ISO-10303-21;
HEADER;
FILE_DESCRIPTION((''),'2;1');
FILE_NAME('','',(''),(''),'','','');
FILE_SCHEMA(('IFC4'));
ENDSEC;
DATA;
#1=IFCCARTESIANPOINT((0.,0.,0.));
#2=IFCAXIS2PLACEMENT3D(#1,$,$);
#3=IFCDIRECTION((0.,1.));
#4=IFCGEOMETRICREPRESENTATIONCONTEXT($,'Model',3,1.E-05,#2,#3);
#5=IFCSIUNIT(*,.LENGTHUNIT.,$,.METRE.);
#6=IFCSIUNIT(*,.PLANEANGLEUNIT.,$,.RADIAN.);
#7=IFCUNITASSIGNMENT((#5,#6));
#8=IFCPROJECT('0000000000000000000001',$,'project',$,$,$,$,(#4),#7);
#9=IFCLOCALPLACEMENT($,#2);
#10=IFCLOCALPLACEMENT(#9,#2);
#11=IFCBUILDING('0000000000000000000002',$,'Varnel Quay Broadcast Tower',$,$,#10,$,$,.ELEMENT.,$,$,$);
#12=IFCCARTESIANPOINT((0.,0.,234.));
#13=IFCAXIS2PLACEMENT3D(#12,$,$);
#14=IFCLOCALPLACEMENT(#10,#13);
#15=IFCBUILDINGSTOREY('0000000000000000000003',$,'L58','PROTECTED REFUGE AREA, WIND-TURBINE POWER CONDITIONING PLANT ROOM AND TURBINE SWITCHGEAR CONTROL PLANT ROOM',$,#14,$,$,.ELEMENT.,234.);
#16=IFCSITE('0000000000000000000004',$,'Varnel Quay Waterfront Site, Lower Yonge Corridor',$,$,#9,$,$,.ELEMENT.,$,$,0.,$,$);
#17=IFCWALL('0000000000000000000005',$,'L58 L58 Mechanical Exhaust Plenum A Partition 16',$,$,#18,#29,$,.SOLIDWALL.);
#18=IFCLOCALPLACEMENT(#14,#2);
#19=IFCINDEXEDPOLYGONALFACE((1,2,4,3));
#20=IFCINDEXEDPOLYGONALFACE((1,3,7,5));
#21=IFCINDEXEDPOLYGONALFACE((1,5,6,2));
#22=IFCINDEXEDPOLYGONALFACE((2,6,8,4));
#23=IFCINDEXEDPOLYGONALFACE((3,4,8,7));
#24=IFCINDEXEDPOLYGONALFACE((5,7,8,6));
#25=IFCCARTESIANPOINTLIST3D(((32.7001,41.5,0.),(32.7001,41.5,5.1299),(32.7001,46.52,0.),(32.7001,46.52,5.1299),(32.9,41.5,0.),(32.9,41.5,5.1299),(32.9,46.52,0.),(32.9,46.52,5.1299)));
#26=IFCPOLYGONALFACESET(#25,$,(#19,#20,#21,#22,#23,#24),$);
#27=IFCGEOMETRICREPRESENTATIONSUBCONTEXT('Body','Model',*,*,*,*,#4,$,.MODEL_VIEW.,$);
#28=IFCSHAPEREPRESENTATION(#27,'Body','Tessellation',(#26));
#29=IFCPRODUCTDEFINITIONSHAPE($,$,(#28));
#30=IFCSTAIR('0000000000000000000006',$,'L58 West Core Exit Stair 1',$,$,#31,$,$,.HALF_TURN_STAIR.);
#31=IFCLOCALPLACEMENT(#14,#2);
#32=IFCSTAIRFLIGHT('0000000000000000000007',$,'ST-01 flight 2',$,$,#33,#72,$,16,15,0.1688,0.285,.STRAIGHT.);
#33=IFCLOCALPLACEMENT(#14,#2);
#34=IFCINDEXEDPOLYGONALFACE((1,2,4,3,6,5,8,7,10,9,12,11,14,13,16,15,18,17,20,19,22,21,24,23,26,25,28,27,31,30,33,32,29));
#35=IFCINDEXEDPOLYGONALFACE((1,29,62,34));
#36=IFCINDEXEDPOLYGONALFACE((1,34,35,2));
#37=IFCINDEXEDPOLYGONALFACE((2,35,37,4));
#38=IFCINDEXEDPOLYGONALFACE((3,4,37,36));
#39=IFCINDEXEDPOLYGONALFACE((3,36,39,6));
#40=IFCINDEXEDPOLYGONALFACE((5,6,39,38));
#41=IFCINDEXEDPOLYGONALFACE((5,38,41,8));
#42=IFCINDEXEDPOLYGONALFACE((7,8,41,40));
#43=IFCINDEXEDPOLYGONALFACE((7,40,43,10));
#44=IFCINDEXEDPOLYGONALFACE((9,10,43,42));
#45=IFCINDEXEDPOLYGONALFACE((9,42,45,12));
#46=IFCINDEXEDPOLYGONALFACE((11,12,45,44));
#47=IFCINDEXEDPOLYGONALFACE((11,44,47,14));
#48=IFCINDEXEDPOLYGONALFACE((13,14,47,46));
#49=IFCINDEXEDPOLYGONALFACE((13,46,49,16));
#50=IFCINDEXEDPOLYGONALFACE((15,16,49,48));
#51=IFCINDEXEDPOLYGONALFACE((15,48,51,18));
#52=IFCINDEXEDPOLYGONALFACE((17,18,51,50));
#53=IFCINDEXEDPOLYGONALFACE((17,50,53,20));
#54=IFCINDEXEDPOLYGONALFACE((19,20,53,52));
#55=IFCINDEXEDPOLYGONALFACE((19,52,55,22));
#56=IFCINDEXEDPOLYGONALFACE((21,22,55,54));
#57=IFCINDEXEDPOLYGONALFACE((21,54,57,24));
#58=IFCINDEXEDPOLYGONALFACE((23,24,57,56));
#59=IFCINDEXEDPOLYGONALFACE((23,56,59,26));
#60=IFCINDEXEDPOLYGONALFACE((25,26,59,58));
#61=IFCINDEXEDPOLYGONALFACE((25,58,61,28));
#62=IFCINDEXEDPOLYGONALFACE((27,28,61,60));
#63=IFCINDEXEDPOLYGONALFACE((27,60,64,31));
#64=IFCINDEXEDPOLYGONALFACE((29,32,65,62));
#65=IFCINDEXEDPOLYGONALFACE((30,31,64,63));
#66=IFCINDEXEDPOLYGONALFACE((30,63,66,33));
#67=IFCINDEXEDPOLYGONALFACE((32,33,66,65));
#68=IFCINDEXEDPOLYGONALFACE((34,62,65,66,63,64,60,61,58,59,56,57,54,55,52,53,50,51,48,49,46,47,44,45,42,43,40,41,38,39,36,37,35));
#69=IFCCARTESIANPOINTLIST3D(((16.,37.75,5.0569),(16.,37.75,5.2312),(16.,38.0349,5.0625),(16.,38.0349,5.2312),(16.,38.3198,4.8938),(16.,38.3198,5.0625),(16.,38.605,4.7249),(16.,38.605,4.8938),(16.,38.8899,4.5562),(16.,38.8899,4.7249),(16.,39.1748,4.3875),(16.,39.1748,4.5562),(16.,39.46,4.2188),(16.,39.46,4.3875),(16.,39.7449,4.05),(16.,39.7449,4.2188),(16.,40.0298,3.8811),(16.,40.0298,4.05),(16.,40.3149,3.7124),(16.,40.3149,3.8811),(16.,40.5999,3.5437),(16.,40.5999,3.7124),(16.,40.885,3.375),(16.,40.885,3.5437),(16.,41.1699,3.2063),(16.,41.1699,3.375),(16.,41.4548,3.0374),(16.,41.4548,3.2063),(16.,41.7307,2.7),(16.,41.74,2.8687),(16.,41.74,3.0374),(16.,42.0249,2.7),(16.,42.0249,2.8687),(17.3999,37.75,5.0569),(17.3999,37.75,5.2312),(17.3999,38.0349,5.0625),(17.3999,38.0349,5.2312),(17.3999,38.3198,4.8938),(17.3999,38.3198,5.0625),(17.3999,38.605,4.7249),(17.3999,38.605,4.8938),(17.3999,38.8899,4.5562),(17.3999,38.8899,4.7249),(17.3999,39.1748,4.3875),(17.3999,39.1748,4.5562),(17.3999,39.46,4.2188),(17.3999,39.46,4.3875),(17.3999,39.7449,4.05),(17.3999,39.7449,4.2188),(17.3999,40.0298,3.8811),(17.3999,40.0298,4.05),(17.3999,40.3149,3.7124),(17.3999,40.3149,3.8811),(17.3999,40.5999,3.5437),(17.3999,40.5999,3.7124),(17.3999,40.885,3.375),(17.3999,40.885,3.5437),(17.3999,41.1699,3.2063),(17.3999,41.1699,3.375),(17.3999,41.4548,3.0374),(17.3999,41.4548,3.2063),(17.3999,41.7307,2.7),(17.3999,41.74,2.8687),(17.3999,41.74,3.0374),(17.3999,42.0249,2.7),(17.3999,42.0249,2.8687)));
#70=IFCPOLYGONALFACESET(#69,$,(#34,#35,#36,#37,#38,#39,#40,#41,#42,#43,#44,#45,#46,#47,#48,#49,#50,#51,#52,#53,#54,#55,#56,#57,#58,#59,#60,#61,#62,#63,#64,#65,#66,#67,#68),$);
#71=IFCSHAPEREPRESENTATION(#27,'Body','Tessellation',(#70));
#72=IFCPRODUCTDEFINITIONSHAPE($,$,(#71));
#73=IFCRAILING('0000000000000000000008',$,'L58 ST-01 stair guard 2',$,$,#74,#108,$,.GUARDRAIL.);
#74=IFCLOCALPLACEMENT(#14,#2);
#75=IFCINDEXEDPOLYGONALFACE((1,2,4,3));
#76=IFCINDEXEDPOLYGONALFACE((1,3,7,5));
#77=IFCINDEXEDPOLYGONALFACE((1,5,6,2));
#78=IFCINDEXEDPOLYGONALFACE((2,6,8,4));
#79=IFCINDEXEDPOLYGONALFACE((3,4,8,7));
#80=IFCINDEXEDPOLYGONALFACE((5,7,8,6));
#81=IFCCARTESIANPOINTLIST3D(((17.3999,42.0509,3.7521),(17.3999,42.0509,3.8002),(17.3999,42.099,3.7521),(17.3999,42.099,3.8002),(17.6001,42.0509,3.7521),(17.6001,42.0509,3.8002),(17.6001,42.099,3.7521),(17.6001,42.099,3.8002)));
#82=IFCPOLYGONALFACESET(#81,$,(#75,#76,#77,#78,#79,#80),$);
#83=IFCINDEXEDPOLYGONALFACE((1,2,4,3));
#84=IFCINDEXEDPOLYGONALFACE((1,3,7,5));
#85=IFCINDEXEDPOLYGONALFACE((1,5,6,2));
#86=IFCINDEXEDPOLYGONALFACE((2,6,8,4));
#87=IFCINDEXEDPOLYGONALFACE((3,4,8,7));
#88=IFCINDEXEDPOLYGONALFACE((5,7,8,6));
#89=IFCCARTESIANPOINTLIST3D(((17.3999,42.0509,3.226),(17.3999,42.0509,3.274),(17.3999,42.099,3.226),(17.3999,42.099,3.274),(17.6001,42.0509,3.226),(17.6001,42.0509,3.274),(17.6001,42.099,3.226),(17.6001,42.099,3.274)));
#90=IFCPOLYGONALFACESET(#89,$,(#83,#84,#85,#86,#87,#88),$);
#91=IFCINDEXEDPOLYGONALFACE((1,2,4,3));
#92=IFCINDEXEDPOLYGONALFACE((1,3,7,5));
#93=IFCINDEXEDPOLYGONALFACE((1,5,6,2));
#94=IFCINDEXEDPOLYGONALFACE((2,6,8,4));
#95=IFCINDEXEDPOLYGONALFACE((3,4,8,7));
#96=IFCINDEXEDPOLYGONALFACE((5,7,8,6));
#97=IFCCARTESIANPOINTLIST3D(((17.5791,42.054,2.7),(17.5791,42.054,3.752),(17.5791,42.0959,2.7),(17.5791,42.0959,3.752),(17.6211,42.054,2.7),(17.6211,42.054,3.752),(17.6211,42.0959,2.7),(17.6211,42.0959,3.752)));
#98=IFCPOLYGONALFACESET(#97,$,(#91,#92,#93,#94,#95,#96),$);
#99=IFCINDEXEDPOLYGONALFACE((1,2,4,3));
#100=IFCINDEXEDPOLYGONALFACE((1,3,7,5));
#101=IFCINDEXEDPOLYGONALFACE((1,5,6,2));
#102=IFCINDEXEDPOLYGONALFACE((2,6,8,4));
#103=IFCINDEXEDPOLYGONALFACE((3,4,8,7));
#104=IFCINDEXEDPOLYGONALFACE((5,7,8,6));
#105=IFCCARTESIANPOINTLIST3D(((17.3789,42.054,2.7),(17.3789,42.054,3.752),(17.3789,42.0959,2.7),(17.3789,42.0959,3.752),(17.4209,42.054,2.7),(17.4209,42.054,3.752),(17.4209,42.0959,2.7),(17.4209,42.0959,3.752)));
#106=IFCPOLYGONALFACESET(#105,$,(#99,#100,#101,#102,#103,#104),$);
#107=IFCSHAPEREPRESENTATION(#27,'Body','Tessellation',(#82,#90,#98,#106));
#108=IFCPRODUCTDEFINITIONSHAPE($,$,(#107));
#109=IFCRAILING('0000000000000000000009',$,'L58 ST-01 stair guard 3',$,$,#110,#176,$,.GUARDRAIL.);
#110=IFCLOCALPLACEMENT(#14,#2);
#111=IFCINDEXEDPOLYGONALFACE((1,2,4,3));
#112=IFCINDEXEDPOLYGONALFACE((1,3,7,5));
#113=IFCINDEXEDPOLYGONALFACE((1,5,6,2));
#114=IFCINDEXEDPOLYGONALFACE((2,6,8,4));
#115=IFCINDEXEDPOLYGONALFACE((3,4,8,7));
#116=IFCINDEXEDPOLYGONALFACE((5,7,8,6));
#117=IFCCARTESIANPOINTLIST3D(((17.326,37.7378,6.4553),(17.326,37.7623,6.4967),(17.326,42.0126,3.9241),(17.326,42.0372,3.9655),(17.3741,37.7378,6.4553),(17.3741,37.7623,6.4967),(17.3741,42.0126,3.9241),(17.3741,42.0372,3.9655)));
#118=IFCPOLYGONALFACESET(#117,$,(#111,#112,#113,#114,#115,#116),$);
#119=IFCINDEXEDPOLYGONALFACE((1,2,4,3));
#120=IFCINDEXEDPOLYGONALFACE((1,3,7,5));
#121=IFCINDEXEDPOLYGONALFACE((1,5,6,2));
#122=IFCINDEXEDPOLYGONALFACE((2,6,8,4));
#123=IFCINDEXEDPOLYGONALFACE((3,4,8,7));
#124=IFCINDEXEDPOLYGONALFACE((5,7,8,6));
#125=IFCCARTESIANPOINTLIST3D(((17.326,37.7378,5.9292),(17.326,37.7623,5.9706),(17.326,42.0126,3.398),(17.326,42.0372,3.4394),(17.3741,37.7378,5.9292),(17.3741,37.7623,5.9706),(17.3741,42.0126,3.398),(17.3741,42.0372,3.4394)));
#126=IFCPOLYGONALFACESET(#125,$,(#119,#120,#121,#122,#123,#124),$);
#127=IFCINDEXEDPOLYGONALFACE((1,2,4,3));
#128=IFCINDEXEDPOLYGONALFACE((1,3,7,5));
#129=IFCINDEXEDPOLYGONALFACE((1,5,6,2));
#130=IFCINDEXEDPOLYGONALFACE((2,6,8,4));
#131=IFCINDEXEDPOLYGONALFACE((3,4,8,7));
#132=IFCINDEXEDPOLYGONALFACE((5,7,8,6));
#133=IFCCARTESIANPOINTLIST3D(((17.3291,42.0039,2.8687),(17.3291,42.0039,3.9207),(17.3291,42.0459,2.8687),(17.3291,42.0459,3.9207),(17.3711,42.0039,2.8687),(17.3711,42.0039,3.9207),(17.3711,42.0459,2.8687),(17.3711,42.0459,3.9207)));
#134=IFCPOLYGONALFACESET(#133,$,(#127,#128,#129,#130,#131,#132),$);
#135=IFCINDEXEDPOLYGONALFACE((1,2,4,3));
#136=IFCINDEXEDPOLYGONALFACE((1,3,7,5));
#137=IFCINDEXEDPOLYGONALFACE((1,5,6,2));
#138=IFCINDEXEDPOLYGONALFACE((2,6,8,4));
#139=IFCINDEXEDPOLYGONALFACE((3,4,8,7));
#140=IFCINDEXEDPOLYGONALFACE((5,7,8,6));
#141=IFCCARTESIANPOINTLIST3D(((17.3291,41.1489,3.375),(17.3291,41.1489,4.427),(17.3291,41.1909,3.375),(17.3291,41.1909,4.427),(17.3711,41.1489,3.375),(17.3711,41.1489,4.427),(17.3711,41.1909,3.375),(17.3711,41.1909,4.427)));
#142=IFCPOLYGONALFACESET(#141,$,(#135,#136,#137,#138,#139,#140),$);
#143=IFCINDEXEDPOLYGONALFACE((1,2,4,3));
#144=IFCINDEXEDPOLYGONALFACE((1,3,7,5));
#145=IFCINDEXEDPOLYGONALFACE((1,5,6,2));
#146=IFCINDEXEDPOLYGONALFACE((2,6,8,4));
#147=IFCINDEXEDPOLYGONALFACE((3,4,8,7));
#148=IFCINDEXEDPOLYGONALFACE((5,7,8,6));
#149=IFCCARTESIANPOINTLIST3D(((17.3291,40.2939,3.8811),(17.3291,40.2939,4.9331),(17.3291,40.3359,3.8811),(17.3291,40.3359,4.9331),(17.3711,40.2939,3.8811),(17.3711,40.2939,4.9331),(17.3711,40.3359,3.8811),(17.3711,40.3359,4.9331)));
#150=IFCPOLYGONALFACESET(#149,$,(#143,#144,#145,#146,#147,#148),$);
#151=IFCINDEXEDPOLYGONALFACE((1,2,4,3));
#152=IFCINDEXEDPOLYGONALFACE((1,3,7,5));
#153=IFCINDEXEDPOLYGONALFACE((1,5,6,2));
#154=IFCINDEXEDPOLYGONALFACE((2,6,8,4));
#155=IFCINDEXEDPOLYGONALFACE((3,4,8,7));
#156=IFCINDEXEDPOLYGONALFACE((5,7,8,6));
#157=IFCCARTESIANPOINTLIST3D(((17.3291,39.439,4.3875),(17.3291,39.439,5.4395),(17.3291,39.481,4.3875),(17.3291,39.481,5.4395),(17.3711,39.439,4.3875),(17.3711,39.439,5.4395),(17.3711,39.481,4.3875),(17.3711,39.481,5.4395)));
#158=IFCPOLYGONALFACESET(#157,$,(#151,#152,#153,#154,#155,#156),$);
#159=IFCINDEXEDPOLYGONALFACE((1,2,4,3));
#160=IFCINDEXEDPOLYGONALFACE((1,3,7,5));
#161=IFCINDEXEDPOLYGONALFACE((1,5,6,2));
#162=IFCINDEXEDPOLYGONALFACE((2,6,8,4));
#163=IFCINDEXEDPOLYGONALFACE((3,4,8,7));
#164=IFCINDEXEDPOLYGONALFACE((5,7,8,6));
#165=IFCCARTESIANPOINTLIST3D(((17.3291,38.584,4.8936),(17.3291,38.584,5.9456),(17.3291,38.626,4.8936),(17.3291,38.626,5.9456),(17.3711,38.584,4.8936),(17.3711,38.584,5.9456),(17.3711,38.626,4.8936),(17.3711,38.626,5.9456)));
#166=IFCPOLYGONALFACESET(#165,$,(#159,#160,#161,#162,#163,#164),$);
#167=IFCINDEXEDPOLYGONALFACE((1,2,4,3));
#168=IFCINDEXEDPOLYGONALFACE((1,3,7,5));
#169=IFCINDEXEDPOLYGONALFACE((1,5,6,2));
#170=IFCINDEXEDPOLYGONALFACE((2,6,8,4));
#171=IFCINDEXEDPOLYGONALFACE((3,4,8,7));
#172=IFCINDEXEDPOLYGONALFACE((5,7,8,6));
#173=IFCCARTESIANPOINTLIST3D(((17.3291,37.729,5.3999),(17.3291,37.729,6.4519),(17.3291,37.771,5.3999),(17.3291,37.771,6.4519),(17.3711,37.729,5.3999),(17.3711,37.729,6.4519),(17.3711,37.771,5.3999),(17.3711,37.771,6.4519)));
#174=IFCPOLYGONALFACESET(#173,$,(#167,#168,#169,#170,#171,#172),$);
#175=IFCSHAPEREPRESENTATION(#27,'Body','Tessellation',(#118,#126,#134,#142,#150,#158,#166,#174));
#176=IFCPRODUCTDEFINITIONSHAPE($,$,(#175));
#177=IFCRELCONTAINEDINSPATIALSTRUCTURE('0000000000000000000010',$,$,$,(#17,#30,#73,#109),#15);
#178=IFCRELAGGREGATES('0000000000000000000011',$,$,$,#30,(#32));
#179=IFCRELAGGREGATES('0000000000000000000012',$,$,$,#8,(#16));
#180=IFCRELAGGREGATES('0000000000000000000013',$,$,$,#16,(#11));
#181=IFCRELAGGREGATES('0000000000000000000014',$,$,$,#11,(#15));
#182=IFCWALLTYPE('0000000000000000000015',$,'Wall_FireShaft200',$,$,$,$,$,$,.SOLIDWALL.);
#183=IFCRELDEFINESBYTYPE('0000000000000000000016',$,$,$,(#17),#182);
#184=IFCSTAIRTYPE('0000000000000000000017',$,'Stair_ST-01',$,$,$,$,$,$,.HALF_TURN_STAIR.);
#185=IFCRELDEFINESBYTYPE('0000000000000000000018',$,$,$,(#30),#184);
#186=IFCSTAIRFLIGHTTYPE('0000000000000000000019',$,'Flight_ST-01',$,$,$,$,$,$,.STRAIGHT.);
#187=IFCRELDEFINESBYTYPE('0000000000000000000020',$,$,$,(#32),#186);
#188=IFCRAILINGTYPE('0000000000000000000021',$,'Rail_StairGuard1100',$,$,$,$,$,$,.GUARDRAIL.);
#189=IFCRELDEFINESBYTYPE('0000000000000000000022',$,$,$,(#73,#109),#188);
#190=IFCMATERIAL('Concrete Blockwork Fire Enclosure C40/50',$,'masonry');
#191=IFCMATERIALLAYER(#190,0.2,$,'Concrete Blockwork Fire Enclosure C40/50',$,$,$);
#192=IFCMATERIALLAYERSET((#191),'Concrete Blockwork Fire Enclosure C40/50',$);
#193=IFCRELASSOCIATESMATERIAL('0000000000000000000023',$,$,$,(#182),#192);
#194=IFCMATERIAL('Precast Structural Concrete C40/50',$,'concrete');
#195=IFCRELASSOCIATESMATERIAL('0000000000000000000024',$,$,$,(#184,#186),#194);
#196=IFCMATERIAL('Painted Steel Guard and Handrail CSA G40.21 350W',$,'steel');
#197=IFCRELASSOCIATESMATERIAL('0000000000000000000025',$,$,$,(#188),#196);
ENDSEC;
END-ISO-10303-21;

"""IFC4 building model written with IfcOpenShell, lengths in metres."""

from ifc_helpers import new_model, si_unit, direction, frame, frame_2d, origin, origin_2d, place, context, subcontext, project, spatial, polyline, rectangle, outline, extrude, material, layer, layer_set, type_object, element, aggregate, save


model = new_model("IFC4")

# Units and contexts
model_context = context("Model", 3, precision=1e-05, world=origin(), true_north=direction((0.0, 1.0)))
body_context = subcontext(model_context, "Body", "Model", "MODEL_VIEW")
ifc_project = project(units=[si_unit("LENGTHUNIT", "METRE"), si_unit("PLANEANGLEUNIT", "RADIAN")], contexts=[model_context])

# Site, building, storey
site_placement = place(None, origin())
site = spatial("IfcSite", under=ifc_project, at=site_placement, Name="Varnel Quay Waterfront Site, Lower Yonge Corridor", CompositionType="ELEMENT", RefElevation=0.0)
building_placement = place(site_placement, origin())
building = spatial("IfcBuilding", under=site, at=building_placement, Name="Varnel Quay Broadcast Tower", CompositionType="ELEMENT")
storey_placement = place(building_placement, frame((0.0, 0.0, 234.0)))
storey = spatial("IfcBuildingStorey", under=building, at=storey_placement, Name="L58", Description="PROTECTED REFUGE AREA, WIND-TURBINE POWER CONDITIONING PLANT ROOM AND TURBINE SWITCHGEAR CONTROL PLANT ROOM", CompositionType="ELEMENT", Elevation=234.0)

# Wall
ifc_material_1 = material(Name="Concrete Blockwork Fire Enclosure C40/50", Category="masonry")
ifc_layer_1 = layer(ifc_material_1, 0.2, Name="Concrete Blockwork Fire Enclosure C40/50")
ifc_layer_set_1 = layer_set([ifc_layer_1], Name="Concrete Blockwork Fire Enclosure C40/50")
wall_type_1 = type_object("IfcWallType", Name="Wall_FireShaft200", PredefinedType="SOLIDWALL", material=ifc_layer_set_1)
wall_1_placement = place(storey_placement, frame((32.8, 41.5, 0.0), z_axis=(0.0, 0.0, 1.0), x_axis=(0.0, 1.0, 0.0)))
element("IfcWall", 1, at=wall_1_placement, inside=storey, type_object=wall_type_1, Name="L58 L58 Mechanical Exhaust Plenum A Partition 16", PredefinedType="SOLIDWALL", context=body_context, shape_type="SweptSolid", body=[
    extrude(rectangle(XDim=5.02, YDim=0.2, at=frame_2d((2.51, 0.0))), origin(), (0.0, 0.0, 1.0), 5.1299),
])

# Stair, stair flight
ifc_material_2 = material(Name="Precast Structural Concrete C40/50", Category="concrete")
stair_type = type_object("IfcStairType", Name="Stair_ST-01", PredefinedType="HALF_TURN_STAIR", material=ifc_material_2)
stair_placement = place(storey_placement, origin())
stair = element("IfcStair", 2, at=stair_placement, inside=storey, type_object=stair_type, Name="L58 West Core Exit Stair 1", PredefinedType="HALF_TURN_STAIR")
stair_flight_type = type_object("IfcStairFlightType", Name="Flight_ST-01", PredefinedType="STRAIGHT", material=ifc_material_2)
stair_flight_placement = place(storey_placement, frame((16.7, 42.0249, 2.7), z_axis=(0.0, 0.0, 1.0), x_axis=(0.0, -1.0, 0.0)))
stair_flight = element("IfcStairFlight", 3, at=stair_flight_placement, type_object=stair_flight_type, Name="ST-01 flight 2", NumberOfRisers=16, NumberOfTreads=15, PredefinedType="STRAIGHT", RiserHeight=0.1688, TreadLength=0.285, context=body_context, shape_type="SweptSolid", body=[
    extrude(outline(polyline([(0.0, 0.0), (0.0, 0.1687), (0.2849, 0.1687), (0.2849, 0.3374), (0.5701, 0.3374), (0.5701, 0.5063), (0.855, 0.5063), (0.855, 0.675), (1.1399, 0.675), (1.1399, 0.8438), (1.425, 0.8438), (1.425, 1.0125), (1.71, 1.0125), (1.71, 1.1812), (1.9951, 1.1812), (1.9951, 1.3501), (2.28, 1.3501), (2.28, 1.5188), (2.5649, 1.5188), (2.5649, 1.6875), (2.8501, 1.6875), (2.8501, 1.8562), (3.135, 1.8562), (3.135, 2.0249), (3.4199, 2.0249), (3.4199, 2.1938), (3.7051, 2.1938), (3.7051, 2.3625), (3.99, 2.3625), (3.99, 2.5312), (4.2749, 2.5312), (4.2749, 2.7), (4.2749, 2.3569), (0.2942, 0.0), (0.0, 0.0)])), frame((0.0, 0.7, 0.0), z_axis=(0.0, -1.0, 0.0), x_axis=(1.0, 0.0, 0.0)), (0.0, 0.0, 1.0), 1.3999),
])
aggregate(stair, [stair_flight])

# Railings
ifc_material_3 = material(Name="Painted Steel Guard and Handrail CSA G40.21 350W", Category="steel")
railing_type_1 = type_object("IfcRailingType", Name="Rail_StairGuard1100", PredefinedType="GUARDRAIL", material=ifc_material_3)
railing_1_placement = place(storey_placement, frame((17.6001, 42.075, 2.7)))
element("IfcRailing", 4, at=railing_1_placement, inside=storey, type_object=railing_type_1, Name="L58 ST-01 stair guard 2", PredefinedType="GUARDRAIL", context=body_context, shape_type="SweptSolid", body=[
    extrude(rectangle(XDim=0.0481, YDim=0.0481, at=origin_2d()), frame((0.0, 0.0, 1.0762), z_axis=(-1.0, 0.0, 0.0), x_axis=(0.0, -1.0, 0.0)), (0.0, 0.0, 1.0), 0.2002),
    extrude(rectangle(XDim=0.0481, YDim=0.0481, at=origin_2d()), frame((0.0, 0.0, 0.55), z_axis=(-1.0, 0.0, 0.0), x_axis=(0.0, -1.0, 0.0)), (0.0, 0.0, 1.0), 0.2002),
    extrude(rectangle(XDim=0.042, YDim=0.042, at=origin_2d()), origin(), (0.0, 0.0, 1.0), 1.052),
    extrude(rectangle(XDim=0.042, YDim=0.042, at=origin_2d()), frame((-0.2002, 0.0, 0.0)), (0.0, 0.0, 1.0), 1.052),
])
railing_2_placement = place(storey_placement, frame((17.3501, 42.0249, 2.8687)))
element("IfcRailing", 5, at=railing_2_placement, inside=storey, type_object=railing_type_1, Name="L58 ST-01 stair guard 3", PredefinedType="GUARDRAIL", context=body_context, shape_type="SweptSolid", body=[
    extrude(rectangle(XDim=0.0481, YDim=0.0481, at=origin_2d()), frame((0.0, 0.0, 1.0762), z_axis=(0.0, -0.86047, 0.509501), x_axis=(1.0, 0.0, 0.0)), (0.0, 0.0, 1.0), 4.968),
    extrude(rectangle(XDim=0.0481, YDim=0.0481, at=origin_2d()), frame((0.0, 0.0, 0.55), z_axis=(0.0, -0.86047, 0.509501), x_axis=(1.0, 0.0, 0.0)), (0.0, 0.0, 1.0), 4.968),
    extrude(rectangle(XDim=0.042, YDim=0.042, at=origin_2d()), origin(), (0.0, 0.0, 1.0), 1.052),
    extrude(rectangle(XDim=0.042, YDim=0.042, at=origin_2d()), frame((0.0, -0.855, 0.5063)), (0.0, 0.0, 1.0), 1.052),
    extrude(rectangle(XDim=0.042, YDim=0.042, at=origin_2d()), frame((0.0, -1.71, 1.0125)), (0.0, 0.0, 1.0), 1.052),
    extrude(rectangle(XDim=0.042, YDim=0.042, at=origin_2d()), frame((0.0, -2.5649, 1.5188)), (0.0, 0.0, 1.0), 1.052),
    extrude(rectangle(XDim=0.042, YDim=0.042, at=origin_2d()), frame((0.0, -3.4199, 2.0249)), (0.0, 0.0, 1.0), 1.052),
    extrude(rectangle(XDim=0.042, YDim=0.042, at=origin_2d()), frame((0.0, -4.2749, 2.5312)), (0.0, 0.0, 1.0), 1.052),
])

save(model, "model.ifc")
